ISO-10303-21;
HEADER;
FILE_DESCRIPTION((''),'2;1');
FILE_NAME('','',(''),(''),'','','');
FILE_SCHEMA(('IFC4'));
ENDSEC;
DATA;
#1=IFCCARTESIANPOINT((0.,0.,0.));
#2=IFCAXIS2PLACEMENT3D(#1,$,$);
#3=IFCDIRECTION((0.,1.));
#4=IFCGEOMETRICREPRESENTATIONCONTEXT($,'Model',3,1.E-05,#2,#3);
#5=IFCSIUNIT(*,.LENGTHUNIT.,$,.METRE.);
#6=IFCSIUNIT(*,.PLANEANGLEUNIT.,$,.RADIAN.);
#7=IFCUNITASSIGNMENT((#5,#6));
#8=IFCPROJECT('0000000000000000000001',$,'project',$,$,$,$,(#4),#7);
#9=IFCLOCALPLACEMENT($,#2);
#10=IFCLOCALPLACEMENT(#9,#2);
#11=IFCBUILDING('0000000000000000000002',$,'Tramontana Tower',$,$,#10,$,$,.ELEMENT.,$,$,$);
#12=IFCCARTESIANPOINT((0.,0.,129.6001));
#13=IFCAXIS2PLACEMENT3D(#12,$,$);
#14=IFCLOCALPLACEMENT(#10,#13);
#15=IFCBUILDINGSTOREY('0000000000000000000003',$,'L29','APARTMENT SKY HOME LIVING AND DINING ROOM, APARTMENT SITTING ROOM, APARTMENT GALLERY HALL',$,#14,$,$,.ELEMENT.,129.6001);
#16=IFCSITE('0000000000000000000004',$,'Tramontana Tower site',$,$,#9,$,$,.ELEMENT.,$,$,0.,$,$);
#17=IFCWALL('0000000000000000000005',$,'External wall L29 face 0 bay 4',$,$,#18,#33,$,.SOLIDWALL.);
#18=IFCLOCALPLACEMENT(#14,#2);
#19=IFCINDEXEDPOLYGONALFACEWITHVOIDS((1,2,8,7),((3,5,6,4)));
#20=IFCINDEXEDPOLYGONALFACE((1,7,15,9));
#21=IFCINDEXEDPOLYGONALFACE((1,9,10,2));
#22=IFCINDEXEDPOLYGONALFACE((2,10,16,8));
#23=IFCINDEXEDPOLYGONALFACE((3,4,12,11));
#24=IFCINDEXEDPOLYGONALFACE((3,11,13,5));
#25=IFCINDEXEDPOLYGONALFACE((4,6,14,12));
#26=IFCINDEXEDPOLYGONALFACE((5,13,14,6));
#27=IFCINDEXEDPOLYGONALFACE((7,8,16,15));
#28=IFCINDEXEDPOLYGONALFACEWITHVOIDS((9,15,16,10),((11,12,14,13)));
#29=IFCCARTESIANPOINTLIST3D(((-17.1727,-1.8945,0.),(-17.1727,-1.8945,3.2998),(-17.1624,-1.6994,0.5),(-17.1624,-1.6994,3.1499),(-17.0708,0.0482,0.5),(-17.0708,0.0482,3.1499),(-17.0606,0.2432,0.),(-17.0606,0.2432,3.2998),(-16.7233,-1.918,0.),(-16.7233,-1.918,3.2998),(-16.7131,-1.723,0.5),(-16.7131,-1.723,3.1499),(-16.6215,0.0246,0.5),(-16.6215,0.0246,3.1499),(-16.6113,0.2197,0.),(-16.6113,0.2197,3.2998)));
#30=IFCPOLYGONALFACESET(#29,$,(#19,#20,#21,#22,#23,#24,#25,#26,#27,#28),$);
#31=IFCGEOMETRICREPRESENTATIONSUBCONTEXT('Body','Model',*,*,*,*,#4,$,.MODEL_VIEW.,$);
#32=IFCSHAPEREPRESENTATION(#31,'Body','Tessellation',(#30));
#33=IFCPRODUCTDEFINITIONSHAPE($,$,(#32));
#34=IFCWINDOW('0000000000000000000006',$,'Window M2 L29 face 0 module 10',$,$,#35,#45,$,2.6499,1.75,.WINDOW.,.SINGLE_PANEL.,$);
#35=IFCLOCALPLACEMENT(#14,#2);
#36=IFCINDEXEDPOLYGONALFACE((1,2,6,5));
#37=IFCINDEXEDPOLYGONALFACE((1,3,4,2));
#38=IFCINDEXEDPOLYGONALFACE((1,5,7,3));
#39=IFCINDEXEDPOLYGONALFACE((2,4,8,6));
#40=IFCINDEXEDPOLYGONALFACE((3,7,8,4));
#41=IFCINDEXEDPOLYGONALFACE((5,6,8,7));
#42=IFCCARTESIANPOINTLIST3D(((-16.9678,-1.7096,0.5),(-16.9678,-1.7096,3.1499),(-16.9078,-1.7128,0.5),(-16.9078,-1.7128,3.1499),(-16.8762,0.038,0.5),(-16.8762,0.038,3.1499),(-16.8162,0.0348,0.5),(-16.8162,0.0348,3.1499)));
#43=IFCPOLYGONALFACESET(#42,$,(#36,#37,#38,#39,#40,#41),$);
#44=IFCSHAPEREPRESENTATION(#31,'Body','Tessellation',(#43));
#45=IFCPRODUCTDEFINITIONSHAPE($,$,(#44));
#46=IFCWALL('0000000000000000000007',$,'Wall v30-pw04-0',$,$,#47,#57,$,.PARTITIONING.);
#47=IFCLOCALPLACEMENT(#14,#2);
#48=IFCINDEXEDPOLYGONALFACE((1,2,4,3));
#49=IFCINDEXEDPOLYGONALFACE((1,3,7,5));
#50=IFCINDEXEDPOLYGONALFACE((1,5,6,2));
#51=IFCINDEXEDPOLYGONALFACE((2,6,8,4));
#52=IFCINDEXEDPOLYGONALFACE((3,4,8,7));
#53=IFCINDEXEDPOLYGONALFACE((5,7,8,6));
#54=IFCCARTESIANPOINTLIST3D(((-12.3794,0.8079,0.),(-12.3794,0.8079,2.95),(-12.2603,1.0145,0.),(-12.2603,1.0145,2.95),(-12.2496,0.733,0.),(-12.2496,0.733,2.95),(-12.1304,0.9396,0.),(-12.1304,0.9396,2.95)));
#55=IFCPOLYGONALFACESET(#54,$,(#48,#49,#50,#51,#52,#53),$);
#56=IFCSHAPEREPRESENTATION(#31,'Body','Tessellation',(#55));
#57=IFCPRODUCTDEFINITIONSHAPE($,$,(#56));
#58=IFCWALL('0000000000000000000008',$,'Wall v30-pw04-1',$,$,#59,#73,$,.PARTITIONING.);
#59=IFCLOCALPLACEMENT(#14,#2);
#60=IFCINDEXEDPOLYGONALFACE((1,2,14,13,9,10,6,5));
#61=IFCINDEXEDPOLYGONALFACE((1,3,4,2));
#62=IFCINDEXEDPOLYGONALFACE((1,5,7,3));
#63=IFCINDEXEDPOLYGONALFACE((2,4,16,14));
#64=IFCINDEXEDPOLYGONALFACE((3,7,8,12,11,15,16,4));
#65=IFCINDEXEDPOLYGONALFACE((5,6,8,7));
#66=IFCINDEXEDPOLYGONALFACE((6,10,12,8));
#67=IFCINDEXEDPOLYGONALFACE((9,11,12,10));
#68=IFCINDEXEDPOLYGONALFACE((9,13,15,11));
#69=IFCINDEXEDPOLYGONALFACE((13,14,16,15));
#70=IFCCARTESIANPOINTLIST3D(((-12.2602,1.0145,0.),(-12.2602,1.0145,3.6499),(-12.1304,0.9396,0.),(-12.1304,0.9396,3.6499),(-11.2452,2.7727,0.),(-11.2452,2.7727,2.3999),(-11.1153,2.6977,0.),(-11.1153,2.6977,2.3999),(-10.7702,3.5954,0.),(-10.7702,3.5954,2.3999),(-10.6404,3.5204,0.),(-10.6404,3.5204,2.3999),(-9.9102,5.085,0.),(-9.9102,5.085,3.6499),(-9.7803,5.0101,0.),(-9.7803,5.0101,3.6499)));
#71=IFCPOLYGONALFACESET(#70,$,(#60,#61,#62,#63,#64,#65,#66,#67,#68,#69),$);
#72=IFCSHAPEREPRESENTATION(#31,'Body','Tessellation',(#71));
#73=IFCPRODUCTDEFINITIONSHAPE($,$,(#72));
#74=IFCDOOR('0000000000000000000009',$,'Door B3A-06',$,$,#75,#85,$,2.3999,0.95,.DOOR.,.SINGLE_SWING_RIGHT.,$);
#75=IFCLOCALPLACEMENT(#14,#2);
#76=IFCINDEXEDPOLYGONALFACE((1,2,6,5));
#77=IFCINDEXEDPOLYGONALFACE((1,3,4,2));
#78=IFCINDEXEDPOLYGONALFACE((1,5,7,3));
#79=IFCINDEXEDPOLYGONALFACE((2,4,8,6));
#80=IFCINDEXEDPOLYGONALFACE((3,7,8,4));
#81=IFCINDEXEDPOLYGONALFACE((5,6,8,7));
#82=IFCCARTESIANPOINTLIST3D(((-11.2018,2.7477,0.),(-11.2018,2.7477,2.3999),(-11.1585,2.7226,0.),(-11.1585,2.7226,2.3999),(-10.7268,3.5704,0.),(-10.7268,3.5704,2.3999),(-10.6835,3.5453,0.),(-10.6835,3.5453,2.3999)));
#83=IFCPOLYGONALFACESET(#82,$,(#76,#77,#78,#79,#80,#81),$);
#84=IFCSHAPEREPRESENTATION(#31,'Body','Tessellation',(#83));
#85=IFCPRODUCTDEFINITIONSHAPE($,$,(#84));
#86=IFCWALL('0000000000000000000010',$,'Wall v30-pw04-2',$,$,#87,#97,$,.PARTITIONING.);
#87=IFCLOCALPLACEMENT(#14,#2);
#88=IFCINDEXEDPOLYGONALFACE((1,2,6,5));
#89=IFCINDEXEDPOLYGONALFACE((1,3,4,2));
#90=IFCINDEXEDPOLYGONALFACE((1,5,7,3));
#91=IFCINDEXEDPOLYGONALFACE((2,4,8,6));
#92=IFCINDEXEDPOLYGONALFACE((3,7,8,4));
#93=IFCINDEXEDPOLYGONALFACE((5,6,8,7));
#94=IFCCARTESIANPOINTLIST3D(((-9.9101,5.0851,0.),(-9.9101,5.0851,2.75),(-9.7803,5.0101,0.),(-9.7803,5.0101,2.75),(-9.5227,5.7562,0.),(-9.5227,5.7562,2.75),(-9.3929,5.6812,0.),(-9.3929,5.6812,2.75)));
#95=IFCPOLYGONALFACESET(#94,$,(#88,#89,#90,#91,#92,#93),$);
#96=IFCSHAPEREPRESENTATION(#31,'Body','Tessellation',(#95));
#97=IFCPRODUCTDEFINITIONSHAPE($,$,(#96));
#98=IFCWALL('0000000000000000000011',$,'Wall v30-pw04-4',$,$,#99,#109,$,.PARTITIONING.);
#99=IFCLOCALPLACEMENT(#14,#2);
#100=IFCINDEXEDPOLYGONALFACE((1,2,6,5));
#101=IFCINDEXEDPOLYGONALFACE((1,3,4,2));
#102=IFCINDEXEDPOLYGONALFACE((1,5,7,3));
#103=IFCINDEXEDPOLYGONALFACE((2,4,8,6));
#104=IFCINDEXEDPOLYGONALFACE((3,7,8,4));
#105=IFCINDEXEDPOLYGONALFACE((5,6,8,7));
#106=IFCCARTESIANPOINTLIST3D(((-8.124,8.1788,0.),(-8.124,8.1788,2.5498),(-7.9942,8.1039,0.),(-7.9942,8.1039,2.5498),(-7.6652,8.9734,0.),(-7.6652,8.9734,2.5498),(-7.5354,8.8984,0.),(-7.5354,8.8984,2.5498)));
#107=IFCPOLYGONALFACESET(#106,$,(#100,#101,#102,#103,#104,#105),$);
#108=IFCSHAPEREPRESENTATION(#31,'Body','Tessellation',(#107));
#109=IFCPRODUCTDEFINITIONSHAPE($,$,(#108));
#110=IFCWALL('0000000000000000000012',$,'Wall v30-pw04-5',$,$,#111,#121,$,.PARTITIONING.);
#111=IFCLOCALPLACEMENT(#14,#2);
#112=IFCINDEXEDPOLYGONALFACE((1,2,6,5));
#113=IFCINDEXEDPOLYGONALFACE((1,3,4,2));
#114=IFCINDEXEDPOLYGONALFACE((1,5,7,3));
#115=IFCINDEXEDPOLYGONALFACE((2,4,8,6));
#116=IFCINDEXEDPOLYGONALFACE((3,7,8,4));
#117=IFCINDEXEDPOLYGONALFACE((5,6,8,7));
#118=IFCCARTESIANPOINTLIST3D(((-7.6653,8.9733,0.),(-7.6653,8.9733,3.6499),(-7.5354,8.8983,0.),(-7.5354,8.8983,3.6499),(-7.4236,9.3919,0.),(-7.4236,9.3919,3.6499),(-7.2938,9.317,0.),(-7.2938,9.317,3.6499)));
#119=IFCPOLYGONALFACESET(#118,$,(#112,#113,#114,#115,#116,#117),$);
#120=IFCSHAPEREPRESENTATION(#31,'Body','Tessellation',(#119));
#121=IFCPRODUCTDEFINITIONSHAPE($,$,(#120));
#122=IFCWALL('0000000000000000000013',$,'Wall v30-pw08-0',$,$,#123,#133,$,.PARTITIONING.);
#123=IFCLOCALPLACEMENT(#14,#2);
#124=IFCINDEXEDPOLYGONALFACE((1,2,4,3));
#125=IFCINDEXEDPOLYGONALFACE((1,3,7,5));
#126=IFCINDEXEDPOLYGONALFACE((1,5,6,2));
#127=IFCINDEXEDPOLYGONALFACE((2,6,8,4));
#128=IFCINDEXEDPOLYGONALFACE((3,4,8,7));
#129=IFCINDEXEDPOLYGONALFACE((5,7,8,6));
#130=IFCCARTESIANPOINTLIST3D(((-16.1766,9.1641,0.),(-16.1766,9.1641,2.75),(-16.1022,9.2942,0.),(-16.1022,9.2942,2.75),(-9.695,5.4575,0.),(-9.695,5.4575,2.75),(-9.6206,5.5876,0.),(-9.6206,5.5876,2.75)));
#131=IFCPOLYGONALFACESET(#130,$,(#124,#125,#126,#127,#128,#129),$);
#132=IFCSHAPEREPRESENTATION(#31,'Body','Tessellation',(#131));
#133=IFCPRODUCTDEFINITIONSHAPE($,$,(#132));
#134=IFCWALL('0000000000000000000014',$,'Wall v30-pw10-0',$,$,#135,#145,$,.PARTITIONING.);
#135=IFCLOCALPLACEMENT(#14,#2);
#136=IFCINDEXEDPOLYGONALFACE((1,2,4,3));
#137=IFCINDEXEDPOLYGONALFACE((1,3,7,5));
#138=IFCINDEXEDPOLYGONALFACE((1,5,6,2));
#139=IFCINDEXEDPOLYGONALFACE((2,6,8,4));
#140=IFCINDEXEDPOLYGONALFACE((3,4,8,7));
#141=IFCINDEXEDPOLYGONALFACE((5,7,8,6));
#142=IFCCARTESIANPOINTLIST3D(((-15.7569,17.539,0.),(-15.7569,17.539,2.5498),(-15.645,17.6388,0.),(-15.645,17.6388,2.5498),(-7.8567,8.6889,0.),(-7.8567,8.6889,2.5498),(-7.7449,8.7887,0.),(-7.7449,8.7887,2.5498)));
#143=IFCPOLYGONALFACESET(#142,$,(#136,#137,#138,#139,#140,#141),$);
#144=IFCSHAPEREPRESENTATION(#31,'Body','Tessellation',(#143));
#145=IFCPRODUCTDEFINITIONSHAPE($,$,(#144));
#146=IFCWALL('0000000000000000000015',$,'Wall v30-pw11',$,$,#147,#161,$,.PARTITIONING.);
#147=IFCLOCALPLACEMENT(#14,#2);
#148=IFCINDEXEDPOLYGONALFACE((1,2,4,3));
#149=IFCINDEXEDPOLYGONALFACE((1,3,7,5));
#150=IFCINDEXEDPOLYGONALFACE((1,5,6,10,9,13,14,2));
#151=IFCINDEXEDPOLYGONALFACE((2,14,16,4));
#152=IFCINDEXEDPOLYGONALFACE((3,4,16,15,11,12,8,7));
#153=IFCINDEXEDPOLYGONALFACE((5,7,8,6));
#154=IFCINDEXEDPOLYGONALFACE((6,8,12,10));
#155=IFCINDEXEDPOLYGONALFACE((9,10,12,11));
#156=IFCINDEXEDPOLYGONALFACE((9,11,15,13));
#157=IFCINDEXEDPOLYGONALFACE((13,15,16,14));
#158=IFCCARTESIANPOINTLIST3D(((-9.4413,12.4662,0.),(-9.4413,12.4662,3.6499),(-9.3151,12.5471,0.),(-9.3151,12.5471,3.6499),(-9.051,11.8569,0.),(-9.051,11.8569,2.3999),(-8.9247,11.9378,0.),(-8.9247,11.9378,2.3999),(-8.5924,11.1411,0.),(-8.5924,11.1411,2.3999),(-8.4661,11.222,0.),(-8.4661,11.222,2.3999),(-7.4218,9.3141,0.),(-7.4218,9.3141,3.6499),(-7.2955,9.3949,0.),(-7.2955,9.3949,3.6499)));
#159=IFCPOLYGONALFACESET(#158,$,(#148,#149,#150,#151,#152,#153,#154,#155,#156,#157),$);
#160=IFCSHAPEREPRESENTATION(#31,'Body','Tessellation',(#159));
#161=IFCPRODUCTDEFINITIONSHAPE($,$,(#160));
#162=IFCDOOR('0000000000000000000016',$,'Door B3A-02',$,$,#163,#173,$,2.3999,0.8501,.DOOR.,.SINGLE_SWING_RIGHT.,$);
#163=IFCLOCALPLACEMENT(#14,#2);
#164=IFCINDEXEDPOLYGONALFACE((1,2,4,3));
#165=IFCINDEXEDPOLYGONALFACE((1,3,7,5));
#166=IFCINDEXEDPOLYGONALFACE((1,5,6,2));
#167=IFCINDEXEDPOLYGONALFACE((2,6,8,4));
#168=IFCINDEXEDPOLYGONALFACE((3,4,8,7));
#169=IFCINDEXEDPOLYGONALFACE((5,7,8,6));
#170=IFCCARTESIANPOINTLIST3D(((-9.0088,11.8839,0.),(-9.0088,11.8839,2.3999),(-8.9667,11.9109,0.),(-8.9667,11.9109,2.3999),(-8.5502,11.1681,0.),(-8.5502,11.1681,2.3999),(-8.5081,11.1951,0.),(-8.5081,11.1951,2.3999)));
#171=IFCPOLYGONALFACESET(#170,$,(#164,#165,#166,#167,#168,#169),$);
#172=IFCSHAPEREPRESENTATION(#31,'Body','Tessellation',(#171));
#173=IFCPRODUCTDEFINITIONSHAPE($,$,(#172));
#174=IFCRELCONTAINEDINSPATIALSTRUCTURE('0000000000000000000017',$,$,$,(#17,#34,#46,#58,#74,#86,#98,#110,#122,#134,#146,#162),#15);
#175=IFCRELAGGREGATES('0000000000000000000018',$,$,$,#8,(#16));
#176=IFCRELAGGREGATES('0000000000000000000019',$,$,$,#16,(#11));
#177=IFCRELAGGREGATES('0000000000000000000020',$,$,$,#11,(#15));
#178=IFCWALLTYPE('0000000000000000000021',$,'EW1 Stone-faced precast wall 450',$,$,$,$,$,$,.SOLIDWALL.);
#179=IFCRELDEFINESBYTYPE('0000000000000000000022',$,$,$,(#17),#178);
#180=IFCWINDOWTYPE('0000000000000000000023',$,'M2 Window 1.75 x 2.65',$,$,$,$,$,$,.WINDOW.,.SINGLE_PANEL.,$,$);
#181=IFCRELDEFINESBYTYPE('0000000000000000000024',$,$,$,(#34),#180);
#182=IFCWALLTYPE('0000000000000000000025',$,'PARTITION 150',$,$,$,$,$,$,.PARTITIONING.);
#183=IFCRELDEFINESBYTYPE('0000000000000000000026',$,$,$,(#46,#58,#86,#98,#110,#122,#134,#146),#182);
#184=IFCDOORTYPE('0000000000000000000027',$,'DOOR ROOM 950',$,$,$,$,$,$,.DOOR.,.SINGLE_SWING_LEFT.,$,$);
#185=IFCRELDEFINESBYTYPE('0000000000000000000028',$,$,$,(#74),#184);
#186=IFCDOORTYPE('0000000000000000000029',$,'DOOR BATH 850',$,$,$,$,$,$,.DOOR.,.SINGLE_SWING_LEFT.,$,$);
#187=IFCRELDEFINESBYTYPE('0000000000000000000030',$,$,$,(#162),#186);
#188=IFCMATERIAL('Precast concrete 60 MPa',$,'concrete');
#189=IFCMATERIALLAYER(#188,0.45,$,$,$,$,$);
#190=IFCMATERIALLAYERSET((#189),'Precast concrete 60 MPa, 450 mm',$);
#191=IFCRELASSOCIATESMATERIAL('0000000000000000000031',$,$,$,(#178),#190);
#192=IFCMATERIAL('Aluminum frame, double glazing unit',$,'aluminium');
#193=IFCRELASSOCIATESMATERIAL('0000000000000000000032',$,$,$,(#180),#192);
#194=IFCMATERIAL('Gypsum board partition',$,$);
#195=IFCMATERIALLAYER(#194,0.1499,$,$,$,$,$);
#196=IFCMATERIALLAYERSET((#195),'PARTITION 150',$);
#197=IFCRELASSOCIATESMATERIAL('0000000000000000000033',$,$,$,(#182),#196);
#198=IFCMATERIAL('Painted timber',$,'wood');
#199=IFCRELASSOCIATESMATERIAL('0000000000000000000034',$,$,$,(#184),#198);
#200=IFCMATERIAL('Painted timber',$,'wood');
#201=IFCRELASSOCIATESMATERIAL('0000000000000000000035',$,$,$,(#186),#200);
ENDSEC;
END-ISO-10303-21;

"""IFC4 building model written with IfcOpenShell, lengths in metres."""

from ifc_helpers import new_model, si_unit, direction, frame, frame_2d, origin, place, context, subcontext, project, spatial, rectangle, extrude, material, layer, layer_set, type_object, element, fill, save


model = new_model("IFC4")

# Units and contexts
model_context = context("Model", 3, precision=1e-05, world=origin(), true_north=direction((0.0, 1.0)))
body_context = subcontext(model_context, "Body", "Model", "MODEL_VIEW")
ifc_project = project(units=[si_unit("LENGTHUNIT", "METRE"), si_unit("PLANEANGLEUNIT", "RADIAN")], contexts=[model_context])

# Site, building, storey
site_placement = place(None, origin())
site = spatial("IfcSite", under=ifc_project, at=site_placement, Name="Tramontana Tower site", CompositionType="ELEMENT", RefElevation=0.0)
building_placement = place(site_placement, origin())
building = spatial("IfcBuilding", under=site, at=building_placement, Name="Tramontana Tower", CompositionType="ELEMENT")
storey_placement = place(building_placement, frame((0.0, 0.0, 129.6001)))
storey = spatial("IfcBuildingStorey", under=building, at=storey_placement, Name="L29", Description="APARTMENT SKY HOME LIVING AND DINING ROOM, APARTMENT SITTING ROOM, APARTMENT GALLERY HALL", CompositionType="ELEMENT", Elevation=129.6001)

# Shared definitions
ifc_material_1 = material(Name="Precast concrete 60 MPa", Category="concrete")
ifc_layer_1 = layer(ifc_material_1, 0.45)
ifc_layer_set_1 = layer_set([ifc_layer_1], Name="Precast concrete 60 MPa, 450 mm")
wall_type_1 = type_object("IfcWallType", Name="EW1 Stone-faced precast wall 450", PredefinedType="SOLIDWALL", material=ifc_layer_set_1)
ifc_material_2 = material(Name="Aluminum frame, double glazing unit", Category="aluminium")
window_type = type_object("IfcWindowType", Name="M2 Window 1.75 x 2.65", PartitioningType="SINGLE_PANEL", PredefinedType="WINDOW", material=ifc_material_2)

# Wall, opening, window
wall_1_placement = place(storey_placement, frame((-16.8359, 0.2314, 0.0), z_axis=(0.0, 0.0, 1.0), x_axis=(-0.052349, -0.998629, 0.0)))
wall_1 = element("IfcWall", 1, at=wall_1_placement, inside=storey, type_object=wall_type_1, Name="External wall L29 face 0 bay 4", PredefinedType="SOLIDWALL", context=body_context, shape_type="SweptSolid", body=[
    extrude(rectangle(XDim=2.1406, YDim=0.45, at=frame_2d((1.0703, 0.0))), origin(), (0.0, 0.0, 1.0), 3.2998),
])
opening_1_placement = place(wall_1_placement, frame((0.1953, 0.0, 0.5)))
opening_1 = element("IfcOpeningElement", 2, at=opening_1_placement, cuts=wall_1, PredefinedType="OPENING", context=body_context, shape_type="SweptSolid", body=[
    extrude(rectangle(XDim=1.75, YDim=2.6499, at=frame_2d((0.875, 1.325))), frame((0.0, 0.2349, 0.0), z_axis=(0.0, -1.0, 0.0), x_axis=(1.0, 0.0, 0.0)), (0.0, 0.0, 1.0), 0.47),
])
window_1_placement = place(opening_1_placement, origin())
window_1 = element("IfcWindow", 3, at=window_1_placement, inside=storey, type_object=window_type, Name="Window M2 L29 face 0 module 10", OverallHeight=2.6499, OverallWidth=1.75, PartitioningType="SINGLE_PANEL", PredefinedType="WINDOW", context=body_context, shape_type="SweptSolid", body=[
    extrude(rectangle(XDim=1.75, YDim=2.6499, at=frame_2d((0.875, 1.325))), frame((0.0, 0.03, 0.0), z_axis=(0.0, -1.0, 0.0), x_axis=(1.0, 0.0, 0.0)), (0.0, 0.0, 1.0), 0.0601),
])
fill(opening_1, window_1)

# Wall
ifc_material_3 = material(Name="Gypsum board partition")
ifc_layer_2 = layer(ifc_material_3, 0.1499)
ifc_layer_set_2 = layer_set([ifc_layer_2], Name="PARTITION 150")
wall_type_2 = type_object("IfcWallType", Name="PARTITION 150", PredefinedType="PARTITIONING", material=ifc_layer_set_2)
wall_2_placement = place(storey_placement, frame((-12.3145, 0.7705, 0.0), z_axis=(0.0, 0.0, 1.0), x_axis=(0.499663, 0.86622, 0.0)))
element("IfcWall", 4, at=wall_2_placement, inside=storey, type_object=wall_type_2, Name="Wall v30-pw04-0", PredefinedType="PARTITIONING", context=body_context, shape_type="SweptSolid", body=[
    extrude(rectangle(XDim=0.2385, YDim=0.1499, at=frame_2d((0.1191, 0.0))), origin(), (0.0, 0.0, 1.0), 2.95),
])

# Wall, opening, door
wall_3_placement = place(storey_placement, frame((-12.1953, 0.9771, 0.0), z_axis=(0.0, 0.0, 1.0), x_axis=(0.499994, 0.866029, 0.0)))
wall_3 = element("IfcWall", 5, at=wall_3_placement, inside=storey, type_object=wall_type_2, Name="Wall v30-pw04-1", PredefinedType="PARTITIONING", context=body_context, shape_type="SweptSolid", body=[
    extrude(rectangle(XDim=4.7002, YDim=0.1499, at=frame_2d((2.3501, 0.0))), origin(), (0.0, 0.0, 1.0), 3.6499),
])
opening_2_placement = place(wall_3_placement, frame((2.03, 0.0, 0.0)))
opening_2 = element("IfcOpeningElement", 6, at=opening_2_placement, cuts=wall_3, PredefinedType="OPENING", context=body_context, shape_type="SweptSolid", body=[
    extrude(rectangle(XDim=0.95, YDim=2.3999, at=frame_2d((0.4751, 1.2))), frame((0.0, 0.085, 0.0), z_axis=(0.0, -1.0, 0.0), x_axis=(1.0, 0.0, 0.0)), (0.0, 0.0, 1.0), 0.1699),
])
ifc_material_4 = material(Name="Painted timber", Category="wood")
door_type_1 = type_object("IfcDoorType", Name="DOOR ROOM 950", OperationType="SINGLE_SWING_LEFT", PredefinedType="DOOR", material=ifc_material_4)
door_1_placement = place(opening_2_placement, origin())
door_1 = element("IfcDoor", 7, at=door_1_placement, inside=storey, type_object=door_type_1, Name="Door B3A-06", OperationType="SINGLE_SWING_RIGHT", OverallHeight=2.3999, OverallWidth=0.95, PredefinedType="DOOR", context=body_context, shape_type="SweptSolid", body=[
    extrude(rectangle(XDim=0.95, YDim=2.3999, at=frame_2d((0.4751, 1.2))), frame((0.0, 0.0249, 0.0), z_axis=(0.0, -1.0, 0.0), x_axis=(1.0, 0.0, 0.0)), (0.0, 0.0, 1.0), 0.05),
])
fill(opening_2, door_1)

# Wall
wall_4_placement = place(storey_placement, frame((-9.8452, 5.0476, 0.0), z_axis=(0.0, 0.0, 1.0), x_axis=(0.499968, 0.866044, 0.0)))
element("IfcWall", 8, at=wall_4_placement, inside=storey, type_object=wall_type_2, Name="Wall v30-pw04-2", PredefinedType="PARTITIONING", context=body_context, shape_type="SweptSolid", body=[
    extrude(rectangle(XDim=0.7749, YDim=0.1499, at=frame_2d((0.3875, 0.0))), origin(), (0.0, 0.0, 1.0), 2.75),
])

# Walls
wall_5_placement = place(storey_placement, frame((-8.0591, 8.1414, 0.0), z_axis=(0.0, 0.0, 1.0), x_axis=(0.50006, 0.865991, 0.0)))
element("IfcWall", 9, at=wall_5_placement, inside=storey, type_object=wall_type_2, Name="Wall v30-pw04-4", PredefinedType="PARTITIONING", context=body_context, shape_type="SweptSolid", body=[
    extrude(rectangle(XDim=0.9175, YDim=0.1499, at=frame_2d((0.4587, 0.0))), origin(), (0.0, 0.0, 1.0), 2.5498),
])
wall_6_placement = place(storey_placement, frame((-7.6003, 8.9358, 0.0), z_axis=(0.0, 0.0, 1.0), x_axis=(0.499941, 0.866059, 0.0)))
element("IfcWall", 10, at=wall_6_placement, inside=storey, type_object=wall_type_2, Name="Wall v30-pw04-5", PredefinedType="PARTITIONING", context=body_context, shape_type="SweptSolid", body=[
    extrude(rectangle(XDim=0.4834, YDim=0.1499, at=frame_2d((0.2417, 0.0))), origin(), (0.0, 0.0, 1.0), 3.6499),
])
wall_7_placement = place(storey_placement, frame((-9.6577, 5.5225, 0.0), z_axis=(0.0, 0.0, 1.0), x_axis=(-0.868078, 0.496428, 0.0)))
element("IfcWall", 11, at=wall_7_placement, inside=storey, type_object=wall_type_2, Name="Wall v30-pw08-0", PredefinedType="PARTITIONING", context=body_context, shape_type="SweptSolid", body=[
    extrude(rectangle(XDim=7.4666, YDim=0.1499, at=frame_2d((3.7334, 0.0))), origin(), (0.0, 0.0, 1.0), 2.75),
])
wall_8_placement = place(storey_placement, frame((-7.8008, 8.7388, 0.0), z_axis=(0.0, 0.0, 1.0), x_axis=(-0.665935, 0.74601, 0.0)))
element("IfcWall", 12, at=wall_8_placement, inside=storey, type_object=wall_type_2, Name="Wall v30-pw10-0", PredefinedType="PARTITIONING", context=body_context, shape_type="SweptSolid", body=[
    extrude(rectangle(XDim=11.8633, YDim=0.1499, at=frame_2d((5.9316, 0.0))), origin(), (0.0, 0.0, 1.0), 2.5498),
])

# Wall, opening, door
wall_9_placement = place(storey_placement, frame((-7.3586, 9.3545, 0.0), z_axis=(0.0, 0.0, 1.0), x_axis=(-0.539468, 0.842006, 0.0)))
wall_9 = element("IfcWall", 13, at=wall_9_placement, inside=storey, type_object=wall_type_2, Name="Wall v30-pw11", PredefinedType="PARTITIONING", context=body_context, shape_type="SweptSolid", body=[
    extrude(rectangle(XDim=3.7437, YDim=0.1499, at=frame_2d((1.8718, 0.0))), origin(), (0.0, 0.0, 1.0), 3.6499),
])
opening_3_placement = place(wall_9_placement, frame((2.1699, 0.0, 0.0)))
opening_3 = element("IfcOpeningElement", 14, at=opening_3_placement, cuts=wall_9, PredefinedType="OPENING", context=body_context, shape_type="SweptSolid", body=[
    extrude(rectangle(XDim=0.8501, YDim=2.3999, at=frame_2d((0.425, 1.2))), frame((0.0, 0.085, 0.0), z_axis=(0.0, -1.0, 0.0), x_axis=(1.0, 0.0, 0.0)), (0.0, 0.0, 1.0), 0.1699),
])
ifc_material_5 = material(Name="Painted timber", Category="wood")
door_type_2 = type_object("IfcDoorType", Name="DOOR BATH 850", OperationType="SINGLE_SWING_LEFT", PredefinedType="DOOR", material=ifc_material_5)
door_2_placement = place(opening_3_placement, origin())
door_2 = element("IfcDoor", 15, at=door_2_placement, inside=storey, type_object=door_type_2, Name="Door B3A-02", OperationType="SINGLE_SWING_RIGHT", OverallHeight=2.3999, OverallWidth=0.8501, PredefinedType="DOOR", context=body_context, shape_type="SweptSolid", body=[
    extrude(rectangle(XDim=0.8501, YDim=2.3999, at=frame_2d((0.425, 1.2))), frame((0.0, 0.0249, 0.0), z_axis=(0.0, -1.0, 0.0), x_axis=(1.0, 0.0, 0.0)), (0.0, 0.0, 1.0), 0.05),
])
fill(opening_3, door_2)

save(model, "model.ifc")
